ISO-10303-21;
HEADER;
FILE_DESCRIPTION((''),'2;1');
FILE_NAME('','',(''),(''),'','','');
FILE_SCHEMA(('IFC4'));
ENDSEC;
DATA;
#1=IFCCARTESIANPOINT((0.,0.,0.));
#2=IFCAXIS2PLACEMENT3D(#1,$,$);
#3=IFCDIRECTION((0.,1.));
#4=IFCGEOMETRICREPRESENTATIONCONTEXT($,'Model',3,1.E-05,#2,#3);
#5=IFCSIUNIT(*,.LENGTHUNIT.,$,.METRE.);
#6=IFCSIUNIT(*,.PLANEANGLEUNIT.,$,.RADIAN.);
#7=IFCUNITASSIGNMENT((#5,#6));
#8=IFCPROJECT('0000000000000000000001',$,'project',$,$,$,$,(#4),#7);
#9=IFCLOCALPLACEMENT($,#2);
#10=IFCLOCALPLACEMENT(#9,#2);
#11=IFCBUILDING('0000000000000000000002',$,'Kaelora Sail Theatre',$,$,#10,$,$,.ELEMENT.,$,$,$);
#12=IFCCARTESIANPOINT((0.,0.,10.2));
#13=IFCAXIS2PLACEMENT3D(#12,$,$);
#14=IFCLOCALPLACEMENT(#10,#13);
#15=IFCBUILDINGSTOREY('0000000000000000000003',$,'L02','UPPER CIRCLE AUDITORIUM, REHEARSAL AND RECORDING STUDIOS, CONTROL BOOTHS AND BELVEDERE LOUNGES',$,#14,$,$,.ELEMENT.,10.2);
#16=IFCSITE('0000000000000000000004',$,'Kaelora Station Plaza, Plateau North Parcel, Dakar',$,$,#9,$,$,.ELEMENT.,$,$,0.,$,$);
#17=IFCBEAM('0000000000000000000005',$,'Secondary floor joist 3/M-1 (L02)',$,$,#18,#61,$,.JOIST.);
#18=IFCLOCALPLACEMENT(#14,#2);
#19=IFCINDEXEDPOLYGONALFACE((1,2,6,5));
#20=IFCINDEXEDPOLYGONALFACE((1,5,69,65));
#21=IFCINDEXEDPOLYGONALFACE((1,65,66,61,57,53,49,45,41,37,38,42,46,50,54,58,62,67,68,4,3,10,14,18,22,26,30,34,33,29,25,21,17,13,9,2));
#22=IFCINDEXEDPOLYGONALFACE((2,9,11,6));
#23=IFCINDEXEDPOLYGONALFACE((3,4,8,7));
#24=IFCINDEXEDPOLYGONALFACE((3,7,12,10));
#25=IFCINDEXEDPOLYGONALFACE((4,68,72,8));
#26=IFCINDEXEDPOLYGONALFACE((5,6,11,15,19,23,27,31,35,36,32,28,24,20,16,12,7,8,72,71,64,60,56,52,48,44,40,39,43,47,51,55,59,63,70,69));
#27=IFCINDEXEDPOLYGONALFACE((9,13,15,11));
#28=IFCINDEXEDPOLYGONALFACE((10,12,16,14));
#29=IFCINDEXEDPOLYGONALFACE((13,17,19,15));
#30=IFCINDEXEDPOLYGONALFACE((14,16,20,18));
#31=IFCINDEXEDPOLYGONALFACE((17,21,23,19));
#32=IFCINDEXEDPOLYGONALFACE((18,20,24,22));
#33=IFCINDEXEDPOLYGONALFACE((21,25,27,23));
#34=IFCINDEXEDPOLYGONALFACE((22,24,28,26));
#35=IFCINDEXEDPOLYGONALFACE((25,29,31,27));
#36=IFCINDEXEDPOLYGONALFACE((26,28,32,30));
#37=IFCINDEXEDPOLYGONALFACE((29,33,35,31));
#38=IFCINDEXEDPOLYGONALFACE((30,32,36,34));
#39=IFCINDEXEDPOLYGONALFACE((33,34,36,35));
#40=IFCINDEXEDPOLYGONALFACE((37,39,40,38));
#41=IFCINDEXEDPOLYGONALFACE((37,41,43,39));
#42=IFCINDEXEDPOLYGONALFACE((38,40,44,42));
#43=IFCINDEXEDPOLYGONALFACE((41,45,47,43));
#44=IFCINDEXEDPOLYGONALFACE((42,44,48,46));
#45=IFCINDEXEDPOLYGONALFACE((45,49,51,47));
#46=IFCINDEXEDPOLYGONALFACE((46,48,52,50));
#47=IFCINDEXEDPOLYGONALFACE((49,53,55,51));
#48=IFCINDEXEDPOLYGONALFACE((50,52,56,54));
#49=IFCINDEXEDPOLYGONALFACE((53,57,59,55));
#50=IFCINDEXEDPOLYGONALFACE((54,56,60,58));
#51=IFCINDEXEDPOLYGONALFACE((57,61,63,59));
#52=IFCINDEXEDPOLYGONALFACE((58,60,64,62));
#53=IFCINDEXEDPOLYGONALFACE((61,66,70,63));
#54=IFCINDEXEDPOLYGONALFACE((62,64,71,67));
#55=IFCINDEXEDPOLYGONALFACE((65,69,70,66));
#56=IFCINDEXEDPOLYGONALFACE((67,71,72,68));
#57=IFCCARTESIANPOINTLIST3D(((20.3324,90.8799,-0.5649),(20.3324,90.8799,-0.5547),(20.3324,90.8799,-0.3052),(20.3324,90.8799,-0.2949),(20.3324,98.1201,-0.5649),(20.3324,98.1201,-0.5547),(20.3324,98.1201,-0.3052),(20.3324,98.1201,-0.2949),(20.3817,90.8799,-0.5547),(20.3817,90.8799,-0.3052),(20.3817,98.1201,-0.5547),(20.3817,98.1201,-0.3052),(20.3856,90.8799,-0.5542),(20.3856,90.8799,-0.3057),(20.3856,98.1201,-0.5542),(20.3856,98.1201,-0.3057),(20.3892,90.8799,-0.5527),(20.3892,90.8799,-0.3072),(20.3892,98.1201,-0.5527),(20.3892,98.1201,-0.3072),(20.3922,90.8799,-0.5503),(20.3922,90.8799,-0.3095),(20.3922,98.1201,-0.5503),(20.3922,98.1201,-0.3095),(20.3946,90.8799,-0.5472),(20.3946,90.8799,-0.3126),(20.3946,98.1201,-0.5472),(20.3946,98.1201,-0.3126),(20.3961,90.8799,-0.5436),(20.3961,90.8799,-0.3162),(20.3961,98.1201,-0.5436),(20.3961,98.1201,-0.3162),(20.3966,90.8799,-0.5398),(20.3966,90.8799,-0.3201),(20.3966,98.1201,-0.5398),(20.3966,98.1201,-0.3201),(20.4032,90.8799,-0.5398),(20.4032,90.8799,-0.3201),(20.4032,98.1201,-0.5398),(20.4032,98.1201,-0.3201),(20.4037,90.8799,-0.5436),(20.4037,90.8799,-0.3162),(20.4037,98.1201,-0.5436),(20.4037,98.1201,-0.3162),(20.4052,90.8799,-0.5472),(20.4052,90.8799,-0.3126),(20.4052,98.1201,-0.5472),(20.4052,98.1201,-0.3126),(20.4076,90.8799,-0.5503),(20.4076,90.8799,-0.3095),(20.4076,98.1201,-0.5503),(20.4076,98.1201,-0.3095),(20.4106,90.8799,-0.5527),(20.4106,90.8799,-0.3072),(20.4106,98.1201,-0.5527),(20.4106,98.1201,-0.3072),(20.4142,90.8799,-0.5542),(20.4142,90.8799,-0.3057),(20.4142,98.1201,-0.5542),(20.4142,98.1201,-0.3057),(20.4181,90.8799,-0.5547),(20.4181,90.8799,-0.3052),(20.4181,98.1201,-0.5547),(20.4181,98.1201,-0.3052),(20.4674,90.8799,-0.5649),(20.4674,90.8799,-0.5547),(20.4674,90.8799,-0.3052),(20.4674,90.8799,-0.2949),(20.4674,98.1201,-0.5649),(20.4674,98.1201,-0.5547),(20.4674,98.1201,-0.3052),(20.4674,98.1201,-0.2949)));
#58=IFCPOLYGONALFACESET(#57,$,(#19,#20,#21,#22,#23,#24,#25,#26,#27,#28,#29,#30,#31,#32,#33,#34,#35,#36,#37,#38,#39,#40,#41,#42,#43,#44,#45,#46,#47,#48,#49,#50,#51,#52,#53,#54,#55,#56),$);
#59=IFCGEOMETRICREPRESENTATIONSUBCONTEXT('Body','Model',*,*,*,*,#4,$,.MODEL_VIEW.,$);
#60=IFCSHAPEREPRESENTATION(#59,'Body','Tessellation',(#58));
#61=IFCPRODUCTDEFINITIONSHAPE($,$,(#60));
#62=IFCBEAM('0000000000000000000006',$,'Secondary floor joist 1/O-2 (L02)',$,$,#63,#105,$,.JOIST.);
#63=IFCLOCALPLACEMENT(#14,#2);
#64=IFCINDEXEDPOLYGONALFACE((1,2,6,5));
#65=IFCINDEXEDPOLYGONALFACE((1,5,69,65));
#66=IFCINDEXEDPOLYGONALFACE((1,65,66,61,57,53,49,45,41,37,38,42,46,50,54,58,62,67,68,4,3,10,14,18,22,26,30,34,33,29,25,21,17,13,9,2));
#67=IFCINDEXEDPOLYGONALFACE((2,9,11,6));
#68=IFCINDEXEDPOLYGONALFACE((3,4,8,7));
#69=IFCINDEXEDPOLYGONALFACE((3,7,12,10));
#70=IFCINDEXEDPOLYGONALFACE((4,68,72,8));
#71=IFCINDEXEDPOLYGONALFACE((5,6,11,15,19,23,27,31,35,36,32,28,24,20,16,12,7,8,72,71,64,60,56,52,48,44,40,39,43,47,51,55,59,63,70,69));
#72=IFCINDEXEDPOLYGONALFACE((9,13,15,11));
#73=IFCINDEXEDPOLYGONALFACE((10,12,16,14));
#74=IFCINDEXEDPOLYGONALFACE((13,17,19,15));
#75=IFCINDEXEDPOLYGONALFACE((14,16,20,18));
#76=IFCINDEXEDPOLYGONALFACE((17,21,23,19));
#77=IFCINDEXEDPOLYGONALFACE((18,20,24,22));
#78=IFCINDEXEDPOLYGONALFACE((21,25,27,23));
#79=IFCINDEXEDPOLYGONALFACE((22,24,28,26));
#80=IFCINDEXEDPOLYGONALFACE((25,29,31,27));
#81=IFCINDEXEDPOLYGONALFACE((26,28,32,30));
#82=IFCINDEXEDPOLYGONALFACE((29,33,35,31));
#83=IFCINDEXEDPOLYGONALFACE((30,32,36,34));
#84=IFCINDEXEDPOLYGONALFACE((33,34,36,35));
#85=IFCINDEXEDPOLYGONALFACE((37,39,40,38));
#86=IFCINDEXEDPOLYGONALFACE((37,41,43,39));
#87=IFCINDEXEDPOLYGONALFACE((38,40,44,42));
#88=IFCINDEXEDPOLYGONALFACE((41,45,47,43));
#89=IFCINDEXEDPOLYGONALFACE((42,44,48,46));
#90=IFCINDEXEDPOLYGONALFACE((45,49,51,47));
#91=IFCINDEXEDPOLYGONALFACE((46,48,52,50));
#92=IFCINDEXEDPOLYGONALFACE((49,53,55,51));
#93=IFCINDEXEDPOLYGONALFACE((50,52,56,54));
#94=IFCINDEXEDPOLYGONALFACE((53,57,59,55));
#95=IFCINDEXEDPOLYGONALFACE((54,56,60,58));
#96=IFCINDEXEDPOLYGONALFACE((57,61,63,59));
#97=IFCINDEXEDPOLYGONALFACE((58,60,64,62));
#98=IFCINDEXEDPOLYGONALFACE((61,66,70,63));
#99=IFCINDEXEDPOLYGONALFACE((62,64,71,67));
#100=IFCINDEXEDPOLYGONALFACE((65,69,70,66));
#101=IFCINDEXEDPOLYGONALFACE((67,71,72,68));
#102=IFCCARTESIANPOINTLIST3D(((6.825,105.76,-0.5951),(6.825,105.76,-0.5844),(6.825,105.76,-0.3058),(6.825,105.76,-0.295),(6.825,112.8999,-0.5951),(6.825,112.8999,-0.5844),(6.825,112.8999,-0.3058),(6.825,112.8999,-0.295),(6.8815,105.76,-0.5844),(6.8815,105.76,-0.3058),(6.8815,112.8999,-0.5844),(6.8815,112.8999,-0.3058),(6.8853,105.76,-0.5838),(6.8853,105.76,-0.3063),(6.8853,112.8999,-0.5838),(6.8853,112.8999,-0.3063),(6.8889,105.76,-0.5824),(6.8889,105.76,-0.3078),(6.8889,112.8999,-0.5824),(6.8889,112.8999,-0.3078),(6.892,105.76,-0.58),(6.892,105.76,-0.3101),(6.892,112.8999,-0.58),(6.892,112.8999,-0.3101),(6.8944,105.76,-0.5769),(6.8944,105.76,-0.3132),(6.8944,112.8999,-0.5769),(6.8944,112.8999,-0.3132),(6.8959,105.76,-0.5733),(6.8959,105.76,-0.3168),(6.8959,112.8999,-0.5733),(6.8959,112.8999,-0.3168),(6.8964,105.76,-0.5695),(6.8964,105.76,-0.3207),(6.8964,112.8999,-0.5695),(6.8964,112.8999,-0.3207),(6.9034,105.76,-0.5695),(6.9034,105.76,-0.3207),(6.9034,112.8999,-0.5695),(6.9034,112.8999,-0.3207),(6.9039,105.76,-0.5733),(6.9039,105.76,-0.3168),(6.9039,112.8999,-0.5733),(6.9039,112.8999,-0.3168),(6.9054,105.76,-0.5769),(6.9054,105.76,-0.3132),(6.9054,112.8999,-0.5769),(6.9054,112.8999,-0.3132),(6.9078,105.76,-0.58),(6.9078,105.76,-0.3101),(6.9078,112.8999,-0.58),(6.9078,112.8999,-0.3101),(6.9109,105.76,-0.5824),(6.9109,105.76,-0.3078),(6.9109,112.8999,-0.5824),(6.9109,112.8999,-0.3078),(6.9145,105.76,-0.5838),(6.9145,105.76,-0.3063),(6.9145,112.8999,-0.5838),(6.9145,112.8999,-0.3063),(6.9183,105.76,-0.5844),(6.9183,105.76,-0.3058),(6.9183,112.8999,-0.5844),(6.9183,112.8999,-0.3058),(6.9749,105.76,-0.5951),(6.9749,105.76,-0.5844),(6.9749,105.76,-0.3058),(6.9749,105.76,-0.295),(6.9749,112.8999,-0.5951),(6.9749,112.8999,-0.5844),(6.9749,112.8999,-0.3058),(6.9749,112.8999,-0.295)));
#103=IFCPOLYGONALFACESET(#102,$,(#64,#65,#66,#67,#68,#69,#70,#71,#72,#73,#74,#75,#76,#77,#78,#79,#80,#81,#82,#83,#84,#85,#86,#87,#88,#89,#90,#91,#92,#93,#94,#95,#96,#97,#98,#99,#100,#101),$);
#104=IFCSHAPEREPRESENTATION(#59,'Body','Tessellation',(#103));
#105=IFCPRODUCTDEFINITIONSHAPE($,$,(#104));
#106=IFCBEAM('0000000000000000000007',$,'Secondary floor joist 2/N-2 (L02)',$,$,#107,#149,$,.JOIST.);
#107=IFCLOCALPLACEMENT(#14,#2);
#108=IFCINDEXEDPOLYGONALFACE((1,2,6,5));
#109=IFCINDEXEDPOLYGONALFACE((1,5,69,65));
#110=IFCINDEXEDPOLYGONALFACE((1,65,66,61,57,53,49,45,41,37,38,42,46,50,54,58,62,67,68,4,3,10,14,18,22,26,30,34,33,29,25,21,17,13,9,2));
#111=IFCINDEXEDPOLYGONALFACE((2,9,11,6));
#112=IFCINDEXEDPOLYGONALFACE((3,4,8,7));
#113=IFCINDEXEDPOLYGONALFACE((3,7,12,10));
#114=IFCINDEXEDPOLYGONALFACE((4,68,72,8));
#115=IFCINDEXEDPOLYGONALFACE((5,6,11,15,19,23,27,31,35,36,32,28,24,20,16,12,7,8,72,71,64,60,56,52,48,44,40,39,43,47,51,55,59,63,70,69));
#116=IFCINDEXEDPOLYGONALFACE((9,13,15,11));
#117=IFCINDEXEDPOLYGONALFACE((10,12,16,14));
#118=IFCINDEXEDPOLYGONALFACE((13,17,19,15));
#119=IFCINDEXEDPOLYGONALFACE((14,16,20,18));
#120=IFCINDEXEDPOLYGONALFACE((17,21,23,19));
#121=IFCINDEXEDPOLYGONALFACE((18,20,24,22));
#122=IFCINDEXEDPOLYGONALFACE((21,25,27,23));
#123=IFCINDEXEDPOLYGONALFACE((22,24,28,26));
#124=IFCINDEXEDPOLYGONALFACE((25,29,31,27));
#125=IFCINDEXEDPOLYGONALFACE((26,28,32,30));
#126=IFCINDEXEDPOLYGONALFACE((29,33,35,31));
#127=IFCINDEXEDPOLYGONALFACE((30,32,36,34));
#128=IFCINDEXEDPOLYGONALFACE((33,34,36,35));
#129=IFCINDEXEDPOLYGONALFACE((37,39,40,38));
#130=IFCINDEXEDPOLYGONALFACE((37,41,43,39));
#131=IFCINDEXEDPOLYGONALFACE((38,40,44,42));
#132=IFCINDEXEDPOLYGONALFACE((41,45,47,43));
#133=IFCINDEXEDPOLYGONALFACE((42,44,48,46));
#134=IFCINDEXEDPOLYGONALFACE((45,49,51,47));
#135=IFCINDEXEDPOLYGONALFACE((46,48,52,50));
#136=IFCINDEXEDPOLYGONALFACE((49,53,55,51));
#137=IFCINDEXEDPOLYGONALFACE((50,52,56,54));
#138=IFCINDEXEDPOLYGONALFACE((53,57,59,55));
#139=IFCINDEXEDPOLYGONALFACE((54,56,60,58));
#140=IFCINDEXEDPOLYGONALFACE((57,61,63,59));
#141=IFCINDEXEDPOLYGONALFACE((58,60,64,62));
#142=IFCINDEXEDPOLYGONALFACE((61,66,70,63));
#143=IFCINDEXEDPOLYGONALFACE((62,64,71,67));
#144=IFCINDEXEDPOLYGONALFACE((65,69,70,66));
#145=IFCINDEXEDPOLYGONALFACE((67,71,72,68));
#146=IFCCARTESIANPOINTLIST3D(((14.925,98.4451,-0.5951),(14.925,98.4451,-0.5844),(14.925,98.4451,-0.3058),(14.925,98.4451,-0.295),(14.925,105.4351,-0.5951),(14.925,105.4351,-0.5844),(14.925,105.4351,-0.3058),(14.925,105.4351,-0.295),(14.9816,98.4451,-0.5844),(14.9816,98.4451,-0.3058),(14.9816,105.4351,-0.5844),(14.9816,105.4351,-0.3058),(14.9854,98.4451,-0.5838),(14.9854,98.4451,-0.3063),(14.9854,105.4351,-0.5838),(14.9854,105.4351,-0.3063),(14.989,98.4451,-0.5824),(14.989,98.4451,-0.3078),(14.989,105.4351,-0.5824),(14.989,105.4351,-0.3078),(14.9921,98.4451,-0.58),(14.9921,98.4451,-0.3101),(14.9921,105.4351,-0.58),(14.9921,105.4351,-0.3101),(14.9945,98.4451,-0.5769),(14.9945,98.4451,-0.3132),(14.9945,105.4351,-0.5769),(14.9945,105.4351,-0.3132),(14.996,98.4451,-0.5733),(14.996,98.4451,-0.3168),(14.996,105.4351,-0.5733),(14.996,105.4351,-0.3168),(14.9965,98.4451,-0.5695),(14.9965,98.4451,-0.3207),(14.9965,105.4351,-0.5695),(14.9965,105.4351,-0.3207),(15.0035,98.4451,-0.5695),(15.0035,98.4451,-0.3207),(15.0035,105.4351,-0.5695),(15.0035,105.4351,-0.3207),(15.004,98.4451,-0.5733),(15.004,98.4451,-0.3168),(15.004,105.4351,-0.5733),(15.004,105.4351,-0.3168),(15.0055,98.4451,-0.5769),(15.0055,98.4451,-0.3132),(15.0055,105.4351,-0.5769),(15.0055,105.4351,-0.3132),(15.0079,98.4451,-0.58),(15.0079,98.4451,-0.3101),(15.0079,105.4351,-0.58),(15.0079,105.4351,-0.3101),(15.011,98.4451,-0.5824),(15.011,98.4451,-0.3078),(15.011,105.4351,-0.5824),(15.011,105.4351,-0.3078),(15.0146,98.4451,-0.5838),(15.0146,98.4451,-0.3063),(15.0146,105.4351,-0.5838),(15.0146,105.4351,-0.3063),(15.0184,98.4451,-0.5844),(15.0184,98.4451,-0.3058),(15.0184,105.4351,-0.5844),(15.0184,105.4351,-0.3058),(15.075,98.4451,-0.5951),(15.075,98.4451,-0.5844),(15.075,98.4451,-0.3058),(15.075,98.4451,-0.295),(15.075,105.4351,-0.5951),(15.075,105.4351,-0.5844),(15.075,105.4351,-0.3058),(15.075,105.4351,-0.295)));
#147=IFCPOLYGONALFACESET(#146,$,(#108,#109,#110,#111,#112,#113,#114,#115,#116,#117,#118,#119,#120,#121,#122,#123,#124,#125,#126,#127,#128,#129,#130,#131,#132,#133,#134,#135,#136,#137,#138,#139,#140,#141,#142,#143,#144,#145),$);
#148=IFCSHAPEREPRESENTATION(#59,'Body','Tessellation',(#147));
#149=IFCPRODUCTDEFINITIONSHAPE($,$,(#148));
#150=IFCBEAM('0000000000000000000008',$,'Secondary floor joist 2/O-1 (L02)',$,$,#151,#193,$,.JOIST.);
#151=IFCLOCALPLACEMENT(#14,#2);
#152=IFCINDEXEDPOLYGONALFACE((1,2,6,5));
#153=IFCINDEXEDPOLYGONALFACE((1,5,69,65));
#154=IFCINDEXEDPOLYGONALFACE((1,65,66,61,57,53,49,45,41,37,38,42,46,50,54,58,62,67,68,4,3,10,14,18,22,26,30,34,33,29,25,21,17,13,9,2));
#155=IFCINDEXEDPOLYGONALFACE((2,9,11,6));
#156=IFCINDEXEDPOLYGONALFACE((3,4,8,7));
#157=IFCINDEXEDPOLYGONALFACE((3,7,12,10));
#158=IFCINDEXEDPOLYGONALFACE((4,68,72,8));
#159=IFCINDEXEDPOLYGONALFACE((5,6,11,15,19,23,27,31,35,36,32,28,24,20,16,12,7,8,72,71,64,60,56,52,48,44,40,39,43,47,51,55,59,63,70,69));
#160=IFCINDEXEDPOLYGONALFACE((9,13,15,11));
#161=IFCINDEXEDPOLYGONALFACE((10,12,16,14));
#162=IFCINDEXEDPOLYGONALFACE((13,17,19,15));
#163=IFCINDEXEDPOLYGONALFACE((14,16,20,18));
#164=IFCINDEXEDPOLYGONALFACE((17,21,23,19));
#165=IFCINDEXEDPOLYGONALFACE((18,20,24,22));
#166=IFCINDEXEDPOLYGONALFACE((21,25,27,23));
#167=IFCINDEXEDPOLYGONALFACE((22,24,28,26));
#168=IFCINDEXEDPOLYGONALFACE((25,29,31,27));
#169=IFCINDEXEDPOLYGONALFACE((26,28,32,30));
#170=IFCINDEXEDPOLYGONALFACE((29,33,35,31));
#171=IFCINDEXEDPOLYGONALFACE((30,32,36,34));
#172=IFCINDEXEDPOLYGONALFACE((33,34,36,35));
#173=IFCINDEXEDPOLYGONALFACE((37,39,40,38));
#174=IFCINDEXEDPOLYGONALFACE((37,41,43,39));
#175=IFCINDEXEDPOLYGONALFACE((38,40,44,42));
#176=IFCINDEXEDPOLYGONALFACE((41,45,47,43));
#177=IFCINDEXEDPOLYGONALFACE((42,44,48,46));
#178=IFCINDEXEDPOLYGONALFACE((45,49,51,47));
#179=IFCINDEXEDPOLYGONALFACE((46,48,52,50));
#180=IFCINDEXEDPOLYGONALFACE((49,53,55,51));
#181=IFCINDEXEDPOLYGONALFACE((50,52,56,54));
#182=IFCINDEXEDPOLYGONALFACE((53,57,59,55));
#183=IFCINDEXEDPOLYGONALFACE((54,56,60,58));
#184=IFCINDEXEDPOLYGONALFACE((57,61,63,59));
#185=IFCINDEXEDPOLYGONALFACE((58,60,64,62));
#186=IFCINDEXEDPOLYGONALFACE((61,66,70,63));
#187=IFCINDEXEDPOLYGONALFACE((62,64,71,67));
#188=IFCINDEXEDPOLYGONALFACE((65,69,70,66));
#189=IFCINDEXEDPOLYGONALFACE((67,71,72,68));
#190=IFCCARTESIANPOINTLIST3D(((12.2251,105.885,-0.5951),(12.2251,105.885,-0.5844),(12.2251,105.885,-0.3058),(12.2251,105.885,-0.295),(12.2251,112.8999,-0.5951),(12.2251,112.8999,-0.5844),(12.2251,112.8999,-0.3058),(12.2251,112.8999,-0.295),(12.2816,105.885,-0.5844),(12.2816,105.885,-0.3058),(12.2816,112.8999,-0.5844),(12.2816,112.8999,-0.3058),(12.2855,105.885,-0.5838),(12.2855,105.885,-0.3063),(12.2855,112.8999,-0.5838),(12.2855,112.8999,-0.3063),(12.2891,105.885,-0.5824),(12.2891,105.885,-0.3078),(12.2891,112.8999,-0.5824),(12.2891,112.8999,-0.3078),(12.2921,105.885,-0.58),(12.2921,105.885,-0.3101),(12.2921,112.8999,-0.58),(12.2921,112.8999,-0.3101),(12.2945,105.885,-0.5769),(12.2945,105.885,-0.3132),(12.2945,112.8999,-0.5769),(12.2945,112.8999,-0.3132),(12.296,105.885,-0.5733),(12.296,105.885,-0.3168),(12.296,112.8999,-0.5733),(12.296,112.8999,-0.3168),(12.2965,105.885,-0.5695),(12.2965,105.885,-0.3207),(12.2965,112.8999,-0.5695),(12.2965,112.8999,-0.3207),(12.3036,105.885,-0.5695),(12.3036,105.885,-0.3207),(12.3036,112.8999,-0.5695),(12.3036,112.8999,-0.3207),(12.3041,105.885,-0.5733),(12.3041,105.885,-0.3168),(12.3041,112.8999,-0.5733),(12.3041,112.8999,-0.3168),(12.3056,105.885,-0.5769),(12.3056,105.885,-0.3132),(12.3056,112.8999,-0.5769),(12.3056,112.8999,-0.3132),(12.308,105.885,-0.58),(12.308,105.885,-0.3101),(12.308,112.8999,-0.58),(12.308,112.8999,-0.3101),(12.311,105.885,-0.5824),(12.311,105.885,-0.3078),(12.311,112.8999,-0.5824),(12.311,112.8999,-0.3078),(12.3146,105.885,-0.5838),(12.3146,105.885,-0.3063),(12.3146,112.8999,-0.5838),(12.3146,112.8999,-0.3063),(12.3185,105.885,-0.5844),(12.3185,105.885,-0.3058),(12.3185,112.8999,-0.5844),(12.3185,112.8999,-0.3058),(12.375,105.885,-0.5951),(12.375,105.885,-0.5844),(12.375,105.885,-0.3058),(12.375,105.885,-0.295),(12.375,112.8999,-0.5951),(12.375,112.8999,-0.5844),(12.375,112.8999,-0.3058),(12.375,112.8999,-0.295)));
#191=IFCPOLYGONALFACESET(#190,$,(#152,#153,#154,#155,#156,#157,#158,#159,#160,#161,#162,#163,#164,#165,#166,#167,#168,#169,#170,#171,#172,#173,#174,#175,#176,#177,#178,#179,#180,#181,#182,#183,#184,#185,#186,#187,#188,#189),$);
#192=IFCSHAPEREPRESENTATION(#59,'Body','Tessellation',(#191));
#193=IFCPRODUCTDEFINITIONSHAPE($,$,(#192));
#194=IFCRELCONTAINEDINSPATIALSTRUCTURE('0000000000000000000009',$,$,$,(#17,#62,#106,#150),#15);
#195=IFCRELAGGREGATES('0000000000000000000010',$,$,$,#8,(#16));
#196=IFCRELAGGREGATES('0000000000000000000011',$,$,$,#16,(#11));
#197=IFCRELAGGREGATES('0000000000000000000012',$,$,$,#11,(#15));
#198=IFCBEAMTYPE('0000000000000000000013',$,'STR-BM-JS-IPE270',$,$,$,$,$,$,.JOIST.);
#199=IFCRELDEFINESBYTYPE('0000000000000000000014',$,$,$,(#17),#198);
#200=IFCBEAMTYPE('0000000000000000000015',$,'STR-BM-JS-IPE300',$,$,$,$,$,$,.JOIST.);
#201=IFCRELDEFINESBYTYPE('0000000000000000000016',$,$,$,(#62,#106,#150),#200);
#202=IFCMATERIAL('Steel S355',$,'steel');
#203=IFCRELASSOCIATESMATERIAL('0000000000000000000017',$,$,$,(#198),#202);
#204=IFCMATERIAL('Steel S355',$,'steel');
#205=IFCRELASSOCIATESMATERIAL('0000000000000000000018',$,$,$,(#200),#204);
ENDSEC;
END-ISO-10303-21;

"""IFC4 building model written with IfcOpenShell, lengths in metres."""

from ifc_helpers import new_model, si_unit, direction, frame, origin, origin_2d, place, context, subcontext, project, spatial, i_section, extrude, material, material_profile, profile_set, type_object, element, save


model = new_model("IFC4")

# Units and contexts
model_context = context("Model", 3, precision=1e-05, world=origin(), true_north=direction((0.0, 1.0)))
body_context = subcontext(model_context, "Body", "Model", "MODEL_VIEW")
ifc_project = project(units=[si_unit("LENGTHUNIT", "METRE"), si_unit("PLANEANGLEUNIT", "RADIAN")], contexts=[model_context])

# Site, building, storey
site_placement = place(None, origin())
site = spatial("IfcSite", under=ifc_project, at=site_placement, Name="Kaelora Station Plaza, Plateau North Parcel, Dakar", CompositionType="ELEMENT", RefElevation=0.0)
building_placement = place(site_placement, origin())
building = spatial("IfcBuilding", under=site, at=building_placement, Name="Kaelora Sail Theatre", CompositionType="ELEMENT")
storey_placement = place(building_placement, frame((0.0, 0.0, 10.2)))
storey = spatial("IfcBuildingStorey", under=building, at=storey_placement, Name="L02", Description="UPPER CIRCLE AUDITORIUM, REHEARSAL AND RECORDING STUDIOS, CONTROL BOOTHS AND BELVEDERE LOUNGES", CompositionType="ELEMENT", Elevation=10.2)

# Beams
ifc_material_1 = material(Name="Steel S355", Category="steel")
ifc_material_profile_1 = material_profile(ifc_material_1, i_section(OverallWidth=0.135, OverallDepth=0.27, WebThickness=0.0066, FlangeThickness=0.0103, FilletRadius=0.0149, at=origin_2d()), Name="IPE 270")
ifc_profile_set_1 = profile_set([ifc_material_profile_1], Name="Steel S355")
beam_type_1 = type_object("IfcBeamType", Name="STR-BM-JS-IPE270", PredefinedType="JOIST", material=ifc_profile_set_1)
beam_1_placement = place(storey_placement, frame((20.3999, 90.8799, -0.4299), z_axis=(0.0, 1.0, 0.0), x_axis=(-1.0, 0.0, 0.0)))
element("IfcBeam", 1, at=beam_1_placement, inside=storey, type_object=beam_type_1, Name="Secondary floor joist 3/M-1 (L02)", PredefinedType="JOIST", context=body_context, shape_type="SweptSolid", body=[
    extrude(i_section(OverallWidth=0.135, OverallDepth=0.27, WebThickness=0.0066, FlangeThickness=0.0103, FilletRadius=0.0149, at=origin_2d()), origin(), (0.0, 0.0, 1.0), 7.2402),
])
ifc_material_2 = material(Name="Steel S355", Category="steel")
ifc_material_profile_2 = material_profile(ifc_material_2, i_section(OverallWidth=0.1499, OverallDepth=0.3, WebThickness=0.0071, FlangeThickness=0.0107, FilletRadius=0.0149, at=origin_2d()), Name="IPE 300")
ifc_profile_set_2 = profile_set([ifc_material_profile_2], Name="Steel S355")
beam_type_2 = type_object("IfcBeamType", Name="STR-BM-JS-IPE300", PredefinedType="JOIST", material=ifc_profile_set_2)
beam_2_placement = place(storey_placement, frame((6.8999, 105.76, -0.4451), z_axis=(0.0, 1.0, 0.0), x_axis=(-1.0, 0.0, 0.0)))
element("IfcBeam", 2, at=beam_2_placement, inside=storey, type_object=beam_type_2, Name="Secondary floor joist 1/O-2 (L02)", PredefinedType="JOIST", context=body_context, shape_type="SweptSolid", body=[
    extrude(i_section(OverallWidth=0.1499, OverallDepth=0.3, WebThickness=0.0071, FlangeThickness=0.0107, FilletRadius=0.0149, at=origin_2d()), origin(), (0.0, 0.0, 1.0), 7.1399),
])
beam_3_placement = place(storey_placement, frame((15.0, 98.4451, -0.4451), z_axis=(0.0, 1.0, 0.0), x_axis=(-1.0, 0.0, 0.0)))
element("IfcBeam", 3, at=beam_3_placement, inside=storey, type_object=beam_type_2, Name="Secondary floor joist 2/N-2 (L02)", PredefinedType="JOIST", context=body_context, shape_type="SweptSolid", body=[
    extrude(i_section(OverallWidth=0.1499, OverallDepth=0.3, WebThickness=0.0071, FlangeThickness=0.0107, FilletRadius=0.0149, at=origin_2d()), origin(), (0.0, 0.0, 1.0), 6.99),
])
beam_4_placement = place(storey_placement, frame((12.3, 105.885, -0.4451), z_axis=(0.0, 1.0, 0.0), x_axis=(-1.0, 0.0, 0.0)))
element("IfcBeam", 4, at=beam_4_placement, inside=storey, type_object=beam_type_2, Name="Secondary floor joist 2/O-1 (L02)", PredefinedType="JOIST", context=body_context, shape_type="SweptSolid", body=[
    extrude(i_section(OverallWidth=0.1499, OverallDepth=0.3, WebThickness=0.0071, FlangeThickness=0.0107, FilletRadius=0.0149, at=origin_2d()), origin(), (0.0, 0.0, 1.0), 7.0149),
])

save(model, "model.ifc")
